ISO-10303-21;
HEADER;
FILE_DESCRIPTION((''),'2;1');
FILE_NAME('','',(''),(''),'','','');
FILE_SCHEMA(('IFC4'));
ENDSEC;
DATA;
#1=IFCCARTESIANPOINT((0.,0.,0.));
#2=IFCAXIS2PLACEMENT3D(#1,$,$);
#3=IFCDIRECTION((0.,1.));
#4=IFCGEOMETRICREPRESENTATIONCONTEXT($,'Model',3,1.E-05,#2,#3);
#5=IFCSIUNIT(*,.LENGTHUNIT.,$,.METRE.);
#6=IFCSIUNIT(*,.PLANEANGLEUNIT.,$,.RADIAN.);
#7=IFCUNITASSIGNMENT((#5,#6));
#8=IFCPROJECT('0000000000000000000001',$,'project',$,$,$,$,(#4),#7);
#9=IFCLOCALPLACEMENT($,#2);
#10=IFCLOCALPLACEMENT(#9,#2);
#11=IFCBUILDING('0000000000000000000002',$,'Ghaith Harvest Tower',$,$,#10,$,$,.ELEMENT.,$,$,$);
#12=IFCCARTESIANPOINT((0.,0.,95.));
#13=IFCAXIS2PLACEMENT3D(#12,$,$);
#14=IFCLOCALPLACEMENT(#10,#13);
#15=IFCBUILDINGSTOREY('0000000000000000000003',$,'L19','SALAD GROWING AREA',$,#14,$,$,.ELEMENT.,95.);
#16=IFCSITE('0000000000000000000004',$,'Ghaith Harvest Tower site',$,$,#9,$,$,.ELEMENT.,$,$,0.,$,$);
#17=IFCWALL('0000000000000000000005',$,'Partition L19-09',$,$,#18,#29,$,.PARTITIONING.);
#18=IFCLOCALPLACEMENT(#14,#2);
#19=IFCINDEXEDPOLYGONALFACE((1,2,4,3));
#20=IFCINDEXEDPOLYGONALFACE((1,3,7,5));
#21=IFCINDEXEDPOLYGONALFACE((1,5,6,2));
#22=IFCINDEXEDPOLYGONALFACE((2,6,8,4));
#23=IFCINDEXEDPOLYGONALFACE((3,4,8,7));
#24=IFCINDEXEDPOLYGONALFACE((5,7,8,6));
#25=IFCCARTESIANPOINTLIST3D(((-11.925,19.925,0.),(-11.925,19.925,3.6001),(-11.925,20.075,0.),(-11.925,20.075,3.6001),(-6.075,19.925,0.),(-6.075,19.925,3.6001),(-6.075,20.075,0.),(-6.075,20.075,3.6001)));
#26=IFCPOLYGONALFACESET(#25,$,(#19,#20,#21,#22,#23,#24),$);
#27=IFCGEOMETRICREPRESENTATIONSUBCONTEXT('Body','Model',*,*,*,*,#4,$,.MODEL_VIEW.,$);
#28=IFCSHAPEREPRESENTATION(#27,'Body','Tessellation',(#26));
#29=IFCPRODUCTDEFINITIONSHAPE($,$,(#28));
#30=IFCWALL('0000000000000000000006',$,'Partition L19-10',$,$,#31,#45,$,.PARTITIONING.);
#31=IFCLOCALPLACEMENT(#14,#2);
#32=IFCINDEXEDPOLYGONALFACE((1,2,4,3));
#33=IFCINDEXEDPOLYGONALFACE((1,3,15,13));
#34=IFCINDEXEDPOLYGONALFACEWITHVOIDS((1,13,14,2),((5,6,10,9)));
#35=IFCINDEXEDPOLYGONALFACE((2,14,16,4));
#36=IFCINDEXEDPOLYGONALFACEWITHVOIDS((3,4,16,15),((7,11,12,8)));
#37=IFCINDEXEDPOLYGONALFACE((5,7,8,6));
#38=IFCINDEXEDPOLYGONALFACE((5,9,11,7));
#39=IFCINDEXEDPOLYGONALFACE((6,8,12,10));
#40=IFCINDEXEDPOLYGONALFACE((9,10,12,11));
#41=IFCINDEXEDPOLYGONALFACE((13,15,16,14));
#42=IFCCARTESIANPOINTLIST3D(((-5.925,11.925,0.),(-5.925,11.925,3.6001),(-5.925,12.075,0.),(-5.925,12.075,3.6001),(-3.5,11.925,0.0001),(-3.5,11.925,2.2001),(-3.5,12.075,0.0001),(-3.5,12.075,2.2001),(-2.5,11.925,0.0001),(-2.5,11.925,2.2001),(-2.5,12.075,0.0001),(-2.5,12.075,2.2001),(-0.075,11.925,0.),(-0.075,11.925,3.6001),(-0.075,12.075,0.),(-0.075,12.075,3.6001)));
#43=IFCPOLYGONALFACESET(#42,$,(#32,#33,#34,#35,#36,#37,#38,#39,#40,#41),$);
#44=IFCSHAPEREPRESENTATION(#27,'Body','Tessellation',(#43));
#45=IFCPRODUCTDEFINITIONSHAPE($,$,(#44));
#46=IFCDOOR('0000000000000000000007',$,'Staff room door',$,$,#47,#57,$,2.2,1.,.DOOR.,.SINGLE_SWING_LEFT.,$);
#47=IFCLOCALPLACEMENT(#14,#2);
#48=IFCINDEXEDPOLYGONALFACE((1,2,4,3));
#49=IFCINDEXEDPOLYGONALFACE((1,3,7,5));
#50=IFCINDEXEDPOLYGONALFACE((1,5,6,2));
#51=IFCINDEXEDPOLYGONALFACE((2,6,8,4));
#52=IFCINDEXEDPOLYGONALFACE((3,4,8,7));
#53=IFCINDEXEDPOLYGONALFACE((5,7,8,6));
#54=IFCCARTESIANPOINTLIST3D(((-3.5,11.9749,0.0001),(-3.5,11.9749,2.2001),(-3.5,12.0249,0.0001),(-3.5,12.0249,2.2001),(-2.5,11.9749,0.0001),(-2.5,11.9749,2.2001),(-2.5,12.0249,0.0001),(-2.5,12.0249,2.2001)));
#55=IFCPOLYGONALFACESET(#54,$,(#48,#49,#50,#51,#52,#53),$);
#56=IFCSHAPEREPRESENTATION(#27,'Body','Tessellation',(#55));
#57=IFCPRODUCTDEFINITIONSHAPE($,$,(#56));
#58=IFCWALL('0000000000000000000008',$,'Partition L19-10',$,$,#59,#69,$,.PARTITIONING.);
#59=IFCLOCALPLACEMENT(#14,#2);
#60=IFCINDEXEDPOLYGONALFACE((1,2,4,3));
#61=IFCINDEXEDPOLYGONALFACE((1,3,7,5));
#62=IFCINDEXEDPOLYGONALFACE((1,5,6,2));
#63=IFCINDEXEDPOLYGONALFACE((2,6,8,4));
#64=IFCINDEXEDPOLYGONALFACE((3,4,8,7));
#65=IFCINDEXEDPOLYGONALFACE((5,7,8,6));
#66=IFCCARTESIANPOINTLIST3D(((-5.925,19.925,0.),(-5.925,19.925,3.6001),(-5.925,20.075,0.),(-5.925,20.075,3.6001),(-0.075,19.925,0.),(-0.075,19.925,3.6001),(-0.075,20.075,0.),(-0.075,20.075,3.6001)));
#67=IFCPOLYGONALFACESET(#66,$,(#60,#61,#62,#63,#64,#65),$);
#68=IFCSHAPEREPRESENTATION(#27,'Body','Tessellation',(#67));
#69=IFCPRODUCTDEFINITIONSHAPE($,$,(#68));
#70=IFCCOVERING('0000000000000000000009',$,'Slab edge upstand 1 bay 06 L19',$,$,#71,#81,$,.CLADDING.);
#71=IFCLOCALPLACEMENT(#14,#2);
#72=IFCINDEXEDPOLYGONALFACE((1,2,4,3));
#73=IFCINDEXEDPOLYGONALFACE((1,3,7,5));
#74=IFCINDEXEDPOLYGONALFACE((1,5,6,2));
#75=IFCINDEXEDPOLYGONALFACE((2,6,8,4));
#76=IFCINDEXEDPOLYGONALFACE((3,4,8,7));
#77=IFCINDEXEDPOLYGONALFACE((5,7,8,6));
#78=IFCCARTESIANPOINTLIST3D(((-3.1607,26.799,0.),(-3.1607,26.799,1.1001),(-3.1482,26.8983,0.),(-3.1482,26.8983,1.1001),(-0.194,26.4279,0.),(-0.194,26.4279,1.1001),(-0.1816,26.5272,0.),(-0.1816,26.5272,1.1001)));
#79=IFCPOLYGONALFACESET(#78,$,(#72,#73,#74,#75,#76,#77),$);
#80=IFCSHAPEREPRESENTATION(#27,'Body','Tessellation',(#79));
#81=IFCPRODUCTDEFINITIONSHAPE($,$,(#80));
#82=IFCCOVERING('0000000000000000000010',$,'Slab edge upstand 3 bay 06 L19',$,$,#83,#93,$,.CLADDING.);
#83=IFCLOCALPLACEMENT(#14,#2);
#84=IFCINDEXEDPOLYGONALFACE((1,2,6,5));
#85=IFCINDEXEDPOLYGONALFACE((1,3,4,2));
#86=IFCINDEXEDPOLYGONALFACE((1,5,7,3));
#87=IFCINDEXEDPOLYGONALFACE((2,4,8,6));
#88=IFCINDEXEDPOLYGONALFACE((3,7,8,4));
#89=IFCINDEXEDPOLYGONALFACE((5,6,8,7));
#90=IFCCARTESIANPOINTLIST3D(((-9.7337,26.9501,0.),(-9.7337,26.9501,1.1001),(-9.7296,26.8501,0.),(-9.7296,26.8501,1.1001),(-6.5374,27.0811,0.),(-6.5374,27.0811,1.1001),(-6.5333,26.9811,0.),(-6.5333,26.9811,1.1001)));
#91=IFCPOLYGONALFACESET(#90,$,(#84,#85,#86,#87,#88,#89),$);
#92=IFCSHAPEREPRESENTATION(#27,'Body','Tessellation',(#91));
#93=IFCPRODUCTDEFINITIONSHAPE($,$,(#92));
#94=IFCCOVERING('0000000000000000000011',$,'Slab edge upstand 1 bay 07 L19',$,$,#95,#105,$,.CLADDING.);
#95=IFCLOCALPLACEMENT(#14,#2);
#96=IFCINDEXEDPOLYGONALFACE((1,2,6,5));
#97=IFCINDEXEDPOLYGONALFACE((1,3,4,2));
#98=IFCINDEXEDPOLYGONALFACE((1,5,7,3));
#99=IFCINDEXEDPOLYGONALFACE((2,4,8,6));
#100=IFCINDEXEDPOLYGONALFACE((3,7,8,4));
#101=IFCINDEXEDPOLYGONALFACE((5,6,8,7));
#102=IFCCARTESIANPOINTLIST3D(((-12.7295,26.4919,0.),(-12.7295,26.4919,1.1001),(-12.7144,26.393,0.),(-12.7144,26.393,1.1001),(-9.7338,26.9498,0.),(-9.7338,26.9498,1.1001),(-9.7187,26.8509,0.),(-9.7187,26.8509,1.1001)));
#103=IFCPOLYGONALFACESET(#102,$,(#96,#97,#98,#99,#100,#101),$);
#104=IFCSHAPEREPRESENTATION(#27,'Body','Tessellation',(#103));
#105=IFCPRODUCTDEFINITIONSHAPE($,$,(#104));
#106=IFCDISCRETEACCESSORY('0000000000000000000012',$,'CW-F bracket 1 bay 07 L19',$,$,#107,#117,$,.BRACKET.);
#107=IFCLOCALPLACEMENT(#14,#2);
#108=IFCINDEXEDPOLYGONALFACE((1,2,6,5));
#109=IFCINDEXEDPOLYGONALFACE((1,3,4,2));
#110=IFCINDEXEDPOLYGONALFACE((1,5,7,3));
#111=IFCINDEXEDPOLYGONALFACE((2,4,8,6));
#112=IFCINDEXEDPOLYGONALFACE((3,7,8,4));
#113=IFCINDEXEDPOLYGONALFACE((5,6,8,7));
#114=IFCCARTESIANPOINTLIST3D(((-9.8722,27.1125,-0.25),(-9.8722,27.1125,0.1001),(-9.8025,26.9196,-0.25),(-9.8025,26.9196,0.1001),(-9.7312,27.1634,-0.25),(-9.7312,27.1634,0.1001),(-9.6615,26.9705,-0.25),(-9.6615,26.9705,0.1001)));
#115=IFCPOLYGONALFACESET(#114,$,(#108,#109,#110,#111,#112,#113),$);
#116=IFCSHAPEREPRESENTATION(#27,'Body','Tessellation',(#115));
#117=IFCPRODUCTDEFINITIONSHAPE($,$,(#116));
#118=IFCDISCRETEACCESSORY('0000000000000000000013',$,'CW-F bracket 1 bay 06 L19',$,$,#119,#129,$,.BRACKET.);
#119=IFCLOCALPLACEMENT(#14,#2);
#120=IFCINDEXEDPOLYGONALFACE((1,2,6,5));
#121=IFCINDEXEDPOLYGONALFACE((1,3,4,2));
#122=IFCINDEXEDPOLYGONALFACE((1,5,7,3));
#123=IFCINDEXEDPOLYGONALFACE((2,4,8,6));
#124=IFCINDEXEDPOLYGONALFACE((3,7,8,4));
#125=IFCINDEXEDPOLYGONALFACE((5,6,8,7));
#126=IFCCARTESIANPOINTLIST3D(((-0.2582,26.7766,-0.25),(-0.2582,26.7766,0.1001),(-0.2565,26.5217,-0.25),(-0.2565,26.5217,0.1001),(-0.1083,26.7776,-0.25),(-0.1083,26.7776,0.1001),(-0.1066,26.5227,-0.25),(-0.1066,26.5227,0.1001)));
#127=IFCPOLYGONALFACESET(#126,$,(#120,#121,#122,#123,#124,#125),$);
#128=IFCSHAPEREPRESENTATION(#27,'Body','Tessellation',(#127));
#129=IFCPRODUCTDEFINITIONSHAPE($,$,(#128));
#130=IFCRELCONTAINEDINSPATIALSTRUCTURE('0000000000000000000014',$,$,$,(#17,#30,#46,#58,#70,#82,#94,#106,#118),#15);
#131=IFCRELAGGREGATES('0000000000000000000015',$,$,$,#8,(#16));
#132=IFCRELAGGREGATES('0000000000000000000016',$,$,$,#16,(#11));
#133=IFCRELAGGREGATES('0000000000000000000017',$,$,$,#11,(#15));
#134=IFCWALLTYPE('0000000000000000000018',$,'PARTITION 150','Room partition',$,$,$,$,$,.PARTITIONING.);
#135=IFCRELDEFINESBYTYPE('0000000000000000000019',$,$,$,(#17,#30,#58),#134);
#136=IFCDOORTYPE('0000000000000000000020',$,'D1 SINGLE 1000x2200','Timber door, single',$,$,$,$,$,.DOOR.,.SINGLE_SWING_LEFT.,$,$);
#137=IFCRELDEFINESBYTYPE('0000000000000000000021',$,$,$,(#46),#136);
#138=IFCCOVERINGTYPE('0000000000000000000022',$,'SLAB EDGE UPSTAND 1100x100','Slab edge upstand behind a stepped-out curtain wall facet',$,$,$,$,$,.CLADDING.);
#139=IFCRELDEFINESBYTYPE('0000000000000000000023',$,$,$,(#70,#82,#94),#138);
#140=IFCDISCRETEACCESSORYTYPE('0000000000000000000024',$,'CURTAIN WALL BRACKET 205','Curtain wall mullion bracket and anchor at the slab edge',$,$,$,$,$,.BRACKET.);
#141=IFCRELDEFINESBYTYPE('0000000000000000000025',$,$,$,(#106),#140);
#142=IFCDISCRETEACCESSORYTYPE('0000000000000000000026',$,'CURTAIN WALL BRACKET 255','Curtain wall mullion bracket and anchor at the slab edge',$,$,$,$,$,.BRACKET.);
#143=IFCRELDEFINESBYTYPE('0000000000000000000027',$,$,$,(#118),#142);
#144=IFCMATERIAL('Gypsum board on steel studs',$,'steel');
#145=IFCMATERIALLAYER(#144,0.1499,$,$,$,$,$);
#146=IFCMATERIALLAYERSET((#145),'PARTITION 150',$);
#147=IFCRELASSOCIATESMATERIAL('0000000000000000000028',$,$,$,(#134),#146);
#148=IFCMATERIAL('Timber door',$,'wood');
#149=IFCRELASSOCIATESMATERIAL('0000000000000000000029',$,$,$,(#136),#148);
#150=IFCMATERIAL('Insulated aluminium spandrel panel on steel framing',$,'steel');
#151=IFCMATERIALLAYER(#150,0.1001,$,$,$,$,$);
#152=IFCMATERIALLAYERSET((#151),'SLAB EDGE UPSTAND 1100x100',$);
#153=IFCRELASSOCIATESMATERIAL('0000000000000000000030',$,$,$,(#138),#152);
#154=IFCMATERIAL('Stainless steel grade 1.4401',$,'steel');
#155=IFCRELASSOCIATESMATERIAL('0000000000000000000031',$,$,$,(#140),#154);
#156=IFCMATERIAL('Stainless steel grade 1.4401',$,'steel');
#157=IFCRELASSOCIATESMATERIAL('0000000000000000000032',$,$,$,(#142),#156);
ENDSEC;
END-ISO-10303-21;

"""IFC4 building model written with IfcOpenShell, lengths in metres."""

from ifc_helpers import new_model, si_unit, direction, frame, frame_2d, origin, origin_2d, place, context, subcontext, project, spatial, rectangle, extrude, material, layer, layer_set, type_object, element, fill, save


model = new_model("IFC4")

# Units and contexts
model_context = context("Model", 3, precision=1e-05, world=origin(), true_north=direction((0.0, 1.0)))
body_context = subcontext(model_context, "Body", "Model", "MODEL_VIEW")
ifc_project = project(units=[si_unit("LENGTHUNIT", "METRE"), si_unit("PLANEANGLEUNIT", "RADIAN")], contexts=[model_context])

# Site, building, storey
site_placement = place(None, origin())
site = spatial("IfcSite", under=ifc_project, at=site_placement, Name="Ghaith Harvest Tower site", CompositionType="ELEMENT", RefElevation=0.0)
building_placement = place(site_placement, origin())
building = spatial("IfcBuilding", under=site, at=building_placement, Name="Ghaith Harvest Tower", CompositionType="ELEMENT")
storey_placement = place(building_placement, frame((0.0, 0.0, 95.0)))
storey = spatial("IfcBuildingStorey", under=building, at=storey_placement, Name="L19", Description="SALAD GROWING AREA", CompositionType="ELEMENT", Elevation=95.0)

# Shared definitions
ifc_material_1 = material(Name="Gypsum board on steel studs", Category="steel")
ifc_layer_1 = layer(ifc_material_1, 0.1499)
ifc_layer_set_1 = layer_set([ifc_layer_1], Name="PARTITION 150")
wall_type = type_object("IfcWallType", Name="PARTITION 150", Description="Room partition", PredefinedType="PARTITIONING", material=ifc_layer_set_1)

# Wall
wall_1_placement = place(storey_placement, frame((-11.925, 20.0, 0.0), z_axis=(0.0, 0.0, 1.0), x_axis=(1.0, 0.0, 0.0)))
element("IfcWall", 1, at=wall_1_placement, inside=storey, type_object=wall_type, Name="Partition L19-09", PredefinedType="PARTITIONING", context=body_context, shape_type="SweptSolid", body=[
    extrude(rectangle(XDim=5.8501, YDim=0.1499, at=frame_2d((2.925, 0.0))), origin(), (0.0, 0.0, 1.0), 3.6001),
])

# Wall, opening, door
wall_2_placement = place(storey_placement, frame((-5.925, 12.0, 0.0), z_axis=(0.0, 0.0, 1.0), x_axis=(1.0, 0.0, 0.0)))
wall_2 = element("IfcWall", 2, at=wall_2_placement, inside=storey, type_object=wall_type, Name="Partition L19-10", PredefinedType="PARTITIONING", context=body_context, shape_type="SweptSolid", body=[
    extrude(rectangle(XDim=5.8501, YDim=0.1499, at=frame_2d((2.925, 0.0))), origin(), (0.0, 0.0, 1.0), 3.6001),
])
opening_1_placement = place(wall_2_placement, frame((2.425, 0.0, 0.0)))
opening_1 = element("IfcOpeningElement", 3, at=opening_1_placement, cuts=wall_2, PredefinedType="OPENING", context=body_context, shape_type="SweptSolid", body=[
    extrude(rectangle(XDim=1.0, YDim=2.2, at=frame_2d((0.5, 1.1001))), frame((0.0, 0.085, 0.0), z_axis=(0.0, -1.0, 0.0), x_axis=(1.0, 0.0, 0.0)), (0.0, 0.0, 1.0), 0.1699),
])
ifc_material_2 = material(Name="Timber door", Category="wood")
door_type_1 = type_object("IfcDoorType", Name="D1 SINGLE 1000x2200", Description="Timber door, single", OperationType="SINGLE_SWING_LEFT", PredefinedType="DOOR", material=ifc_material_2)
door_1_placement = place(opening_1_placement, origin())
door_1 = element("IfcDoor", 4, at=door_1_placement, inside=storey, type_object=door_type_1, Name="Staff room door", OperationType="SINGLE_SWING_LEFT", OverallHeight=2.2, OverallWidth=1.0, PredefinedType="DOOR", context=body_context, shape_type="SweptSolid", body=[
    extrude(rectangle(XDim=1.0, YDim=2.2, at=frame_2d((0.5, 1.1001))), frame((0.0, 0.0249, 0.0), z_axis=(0.0, -1.0, 0.0), x_axis=(1.0, 0.0, 0.0)), (0.0, 0.0, 1.0), 0.05),
])
fill(opening_1, door_1)

# Wall
wall_3_placement = place(storey_placement, frame((-5.925, 20.0, 0.0), z_axis=(0.0, 0.0, 1.0), x_axis=(1.0, 0.0, 0.0)))
element("IfcWall", 5, at=wall_3_placement, inside=storey, type_object=wall_type, Name="Partition L19-10", PredefinedType="PARTITIONING", context=body_context, shape_type="SweptSolid", body=[
    extrude(rectangle(XDim=5.8501, YDim=0.1499, at=frame_2d((2.925, 0.0))), origin(), (0.0, 0.0, 1.0), 3.6001),
])

# Coverings
ifc_material_3 = material(Name="Insulated aluminium spandrel panel on steel framing", Category="steel")
ifc_layer_2 = layer(ifc_material_3, 0.1001)
ifc_layer_set_2 = layer_set([ifc_layer_2], Name="SLAB EDGE UPSTAND 1100x100")
covering_type = type_object("IfcCoveringType", Name="SLAB EDGE UPSTAND 1100x100", Description="Slab edge upstand behind a stepped-out curtain wall facet", PredefinedType="CLADDING", material=ifc_layer_set_2)
covering_1_placement = place(storey_placement, frame((-1.6711, 26.6631, 0.0), z_axis=(0.0, 0.0, 1.0), x_axis=(-0.992265, 0.124139, 0.0)))
element("IfcCovering", 6, at=covering_1_placement, inside=storey, type_object=covering_type, Name="Slab edge upstand 1 bay 06 L19", PredefinedType="CLADDING", context=body_context, shape_type="SweptSolid", body=[
    extrude(rectangle(XDim=2.9897, YDim=0.1001, at=origin_2d()), origin(), (0.0, 0.0, 1.0), 1.1001),
])
covering_2_placement = place(storey_placement, frame((-8.1335, 26.9656, 0.0), z_axis=(0.0, 0.0, 1.0), x_axis=(-0.999161, -0.040957, 0.0)))
element("IfcCovering", 7, at=covering_2_placement, inside=storey, type_object=covering_type, Name="Slab edge upstand 3 bay 06 L19", PredefinedType="CLADDING", context=body_context, shape_type="SweptSolid", body=[
    extrude(rectangle(XDim=3.199, YDim=0.1001, at=origin_2d()), origin(), (0.0, 0.0, 1.0), 1.1001),
])
covering_3_placement = place(storey_placement, frame((-11.2241, 26.6714, 0.0), z_axis=(0.0, 0.0, 1.0), x_axis=(-0.988518, -0.151104, 0.0)))
element("IfcCovering", 8, at=covering_3_placement, inside=storey, type_object=covering_type, Name="Slab edge upstand 1 bay 07 L19", PredefinedType="CLADDING", context=body_context, shape_type="SweptSolid", body=[
    extrude(rectangle(XDim=3.0305, YDim=0.1001, at=origin_2d()), origin(), (0.0, 0.0, 1.0), 1.1001),
])

# Discrete accessories
ifc_material_4 = material(Name="Stainless steel grade 1.4401", Category="steel")
discrete_accessory_type_1 = type_object("IfcDiscreteAccessoryType", Name="CURTAIN WALL BRACKET 205", Description="Curtain wall mullion bracket and anchor at the slab edge", PredefinedType="BRACKET", material=ifc_material_4)
discrete_accessory_1_placement = place(storey_placement, frame((-9.7668, 27.0415, -0.25), z_axis=(0.0, 0.0, 1.0), x_axis=(-0.339699, 0.940534, 0.0)))
element("IfcDiscreteAccessory", 9, at=discrete_accessory_1_placement, inside=storey, type_object=discrete_accessory_type_1, Name="CW-F bracket 1 bay 07 L19", PredefinedType="BRACKET", context=body_context, shape_type="SweptSolid", body=[
    extrude(rectangle(XDim=0.2051, YDim=0.1499, at=origin_2d()), origin(), (0.0, 0.0, 1.0), 0.3501),
])
ifc_material_5 = material(Name="Stainless steel grade 1.4401", Category="steel")
discrete_accessory_type_2 = type_object("IfcDiscreteAccessoryType", Name="CURTAIN WALL BRACKET 255", Description="Curtain wall mullion bracket and anchor at the slab edge", PredefinedType="BRACKET", material=ifc_material_5)
discrete_accessory_2_placement = place(storey_placement, frame((-0.1824, 26.6497, -0.25), z_axis=(0.0, 0.0, 1.0), x_axis=(-0.006844, 0.999977, 0.0)))
element("IfcDiscreteAccessory", 10, at=discrete_accessory_2_placement, inside=storey, type_object=discrete_accessory_type_2, Name="CW-F bracket 1 bay 06 L19", PredefinedType="BRACKET", context=body_context, shape_type="SweptSolid", body=[
    extrude(rectangle(XDim=0.2549, YDim=0.1499, at=origin_2d()), origin(), (0.0, 0.0, 1.0), 0.3501),
])

save(model, "model.ifc")
